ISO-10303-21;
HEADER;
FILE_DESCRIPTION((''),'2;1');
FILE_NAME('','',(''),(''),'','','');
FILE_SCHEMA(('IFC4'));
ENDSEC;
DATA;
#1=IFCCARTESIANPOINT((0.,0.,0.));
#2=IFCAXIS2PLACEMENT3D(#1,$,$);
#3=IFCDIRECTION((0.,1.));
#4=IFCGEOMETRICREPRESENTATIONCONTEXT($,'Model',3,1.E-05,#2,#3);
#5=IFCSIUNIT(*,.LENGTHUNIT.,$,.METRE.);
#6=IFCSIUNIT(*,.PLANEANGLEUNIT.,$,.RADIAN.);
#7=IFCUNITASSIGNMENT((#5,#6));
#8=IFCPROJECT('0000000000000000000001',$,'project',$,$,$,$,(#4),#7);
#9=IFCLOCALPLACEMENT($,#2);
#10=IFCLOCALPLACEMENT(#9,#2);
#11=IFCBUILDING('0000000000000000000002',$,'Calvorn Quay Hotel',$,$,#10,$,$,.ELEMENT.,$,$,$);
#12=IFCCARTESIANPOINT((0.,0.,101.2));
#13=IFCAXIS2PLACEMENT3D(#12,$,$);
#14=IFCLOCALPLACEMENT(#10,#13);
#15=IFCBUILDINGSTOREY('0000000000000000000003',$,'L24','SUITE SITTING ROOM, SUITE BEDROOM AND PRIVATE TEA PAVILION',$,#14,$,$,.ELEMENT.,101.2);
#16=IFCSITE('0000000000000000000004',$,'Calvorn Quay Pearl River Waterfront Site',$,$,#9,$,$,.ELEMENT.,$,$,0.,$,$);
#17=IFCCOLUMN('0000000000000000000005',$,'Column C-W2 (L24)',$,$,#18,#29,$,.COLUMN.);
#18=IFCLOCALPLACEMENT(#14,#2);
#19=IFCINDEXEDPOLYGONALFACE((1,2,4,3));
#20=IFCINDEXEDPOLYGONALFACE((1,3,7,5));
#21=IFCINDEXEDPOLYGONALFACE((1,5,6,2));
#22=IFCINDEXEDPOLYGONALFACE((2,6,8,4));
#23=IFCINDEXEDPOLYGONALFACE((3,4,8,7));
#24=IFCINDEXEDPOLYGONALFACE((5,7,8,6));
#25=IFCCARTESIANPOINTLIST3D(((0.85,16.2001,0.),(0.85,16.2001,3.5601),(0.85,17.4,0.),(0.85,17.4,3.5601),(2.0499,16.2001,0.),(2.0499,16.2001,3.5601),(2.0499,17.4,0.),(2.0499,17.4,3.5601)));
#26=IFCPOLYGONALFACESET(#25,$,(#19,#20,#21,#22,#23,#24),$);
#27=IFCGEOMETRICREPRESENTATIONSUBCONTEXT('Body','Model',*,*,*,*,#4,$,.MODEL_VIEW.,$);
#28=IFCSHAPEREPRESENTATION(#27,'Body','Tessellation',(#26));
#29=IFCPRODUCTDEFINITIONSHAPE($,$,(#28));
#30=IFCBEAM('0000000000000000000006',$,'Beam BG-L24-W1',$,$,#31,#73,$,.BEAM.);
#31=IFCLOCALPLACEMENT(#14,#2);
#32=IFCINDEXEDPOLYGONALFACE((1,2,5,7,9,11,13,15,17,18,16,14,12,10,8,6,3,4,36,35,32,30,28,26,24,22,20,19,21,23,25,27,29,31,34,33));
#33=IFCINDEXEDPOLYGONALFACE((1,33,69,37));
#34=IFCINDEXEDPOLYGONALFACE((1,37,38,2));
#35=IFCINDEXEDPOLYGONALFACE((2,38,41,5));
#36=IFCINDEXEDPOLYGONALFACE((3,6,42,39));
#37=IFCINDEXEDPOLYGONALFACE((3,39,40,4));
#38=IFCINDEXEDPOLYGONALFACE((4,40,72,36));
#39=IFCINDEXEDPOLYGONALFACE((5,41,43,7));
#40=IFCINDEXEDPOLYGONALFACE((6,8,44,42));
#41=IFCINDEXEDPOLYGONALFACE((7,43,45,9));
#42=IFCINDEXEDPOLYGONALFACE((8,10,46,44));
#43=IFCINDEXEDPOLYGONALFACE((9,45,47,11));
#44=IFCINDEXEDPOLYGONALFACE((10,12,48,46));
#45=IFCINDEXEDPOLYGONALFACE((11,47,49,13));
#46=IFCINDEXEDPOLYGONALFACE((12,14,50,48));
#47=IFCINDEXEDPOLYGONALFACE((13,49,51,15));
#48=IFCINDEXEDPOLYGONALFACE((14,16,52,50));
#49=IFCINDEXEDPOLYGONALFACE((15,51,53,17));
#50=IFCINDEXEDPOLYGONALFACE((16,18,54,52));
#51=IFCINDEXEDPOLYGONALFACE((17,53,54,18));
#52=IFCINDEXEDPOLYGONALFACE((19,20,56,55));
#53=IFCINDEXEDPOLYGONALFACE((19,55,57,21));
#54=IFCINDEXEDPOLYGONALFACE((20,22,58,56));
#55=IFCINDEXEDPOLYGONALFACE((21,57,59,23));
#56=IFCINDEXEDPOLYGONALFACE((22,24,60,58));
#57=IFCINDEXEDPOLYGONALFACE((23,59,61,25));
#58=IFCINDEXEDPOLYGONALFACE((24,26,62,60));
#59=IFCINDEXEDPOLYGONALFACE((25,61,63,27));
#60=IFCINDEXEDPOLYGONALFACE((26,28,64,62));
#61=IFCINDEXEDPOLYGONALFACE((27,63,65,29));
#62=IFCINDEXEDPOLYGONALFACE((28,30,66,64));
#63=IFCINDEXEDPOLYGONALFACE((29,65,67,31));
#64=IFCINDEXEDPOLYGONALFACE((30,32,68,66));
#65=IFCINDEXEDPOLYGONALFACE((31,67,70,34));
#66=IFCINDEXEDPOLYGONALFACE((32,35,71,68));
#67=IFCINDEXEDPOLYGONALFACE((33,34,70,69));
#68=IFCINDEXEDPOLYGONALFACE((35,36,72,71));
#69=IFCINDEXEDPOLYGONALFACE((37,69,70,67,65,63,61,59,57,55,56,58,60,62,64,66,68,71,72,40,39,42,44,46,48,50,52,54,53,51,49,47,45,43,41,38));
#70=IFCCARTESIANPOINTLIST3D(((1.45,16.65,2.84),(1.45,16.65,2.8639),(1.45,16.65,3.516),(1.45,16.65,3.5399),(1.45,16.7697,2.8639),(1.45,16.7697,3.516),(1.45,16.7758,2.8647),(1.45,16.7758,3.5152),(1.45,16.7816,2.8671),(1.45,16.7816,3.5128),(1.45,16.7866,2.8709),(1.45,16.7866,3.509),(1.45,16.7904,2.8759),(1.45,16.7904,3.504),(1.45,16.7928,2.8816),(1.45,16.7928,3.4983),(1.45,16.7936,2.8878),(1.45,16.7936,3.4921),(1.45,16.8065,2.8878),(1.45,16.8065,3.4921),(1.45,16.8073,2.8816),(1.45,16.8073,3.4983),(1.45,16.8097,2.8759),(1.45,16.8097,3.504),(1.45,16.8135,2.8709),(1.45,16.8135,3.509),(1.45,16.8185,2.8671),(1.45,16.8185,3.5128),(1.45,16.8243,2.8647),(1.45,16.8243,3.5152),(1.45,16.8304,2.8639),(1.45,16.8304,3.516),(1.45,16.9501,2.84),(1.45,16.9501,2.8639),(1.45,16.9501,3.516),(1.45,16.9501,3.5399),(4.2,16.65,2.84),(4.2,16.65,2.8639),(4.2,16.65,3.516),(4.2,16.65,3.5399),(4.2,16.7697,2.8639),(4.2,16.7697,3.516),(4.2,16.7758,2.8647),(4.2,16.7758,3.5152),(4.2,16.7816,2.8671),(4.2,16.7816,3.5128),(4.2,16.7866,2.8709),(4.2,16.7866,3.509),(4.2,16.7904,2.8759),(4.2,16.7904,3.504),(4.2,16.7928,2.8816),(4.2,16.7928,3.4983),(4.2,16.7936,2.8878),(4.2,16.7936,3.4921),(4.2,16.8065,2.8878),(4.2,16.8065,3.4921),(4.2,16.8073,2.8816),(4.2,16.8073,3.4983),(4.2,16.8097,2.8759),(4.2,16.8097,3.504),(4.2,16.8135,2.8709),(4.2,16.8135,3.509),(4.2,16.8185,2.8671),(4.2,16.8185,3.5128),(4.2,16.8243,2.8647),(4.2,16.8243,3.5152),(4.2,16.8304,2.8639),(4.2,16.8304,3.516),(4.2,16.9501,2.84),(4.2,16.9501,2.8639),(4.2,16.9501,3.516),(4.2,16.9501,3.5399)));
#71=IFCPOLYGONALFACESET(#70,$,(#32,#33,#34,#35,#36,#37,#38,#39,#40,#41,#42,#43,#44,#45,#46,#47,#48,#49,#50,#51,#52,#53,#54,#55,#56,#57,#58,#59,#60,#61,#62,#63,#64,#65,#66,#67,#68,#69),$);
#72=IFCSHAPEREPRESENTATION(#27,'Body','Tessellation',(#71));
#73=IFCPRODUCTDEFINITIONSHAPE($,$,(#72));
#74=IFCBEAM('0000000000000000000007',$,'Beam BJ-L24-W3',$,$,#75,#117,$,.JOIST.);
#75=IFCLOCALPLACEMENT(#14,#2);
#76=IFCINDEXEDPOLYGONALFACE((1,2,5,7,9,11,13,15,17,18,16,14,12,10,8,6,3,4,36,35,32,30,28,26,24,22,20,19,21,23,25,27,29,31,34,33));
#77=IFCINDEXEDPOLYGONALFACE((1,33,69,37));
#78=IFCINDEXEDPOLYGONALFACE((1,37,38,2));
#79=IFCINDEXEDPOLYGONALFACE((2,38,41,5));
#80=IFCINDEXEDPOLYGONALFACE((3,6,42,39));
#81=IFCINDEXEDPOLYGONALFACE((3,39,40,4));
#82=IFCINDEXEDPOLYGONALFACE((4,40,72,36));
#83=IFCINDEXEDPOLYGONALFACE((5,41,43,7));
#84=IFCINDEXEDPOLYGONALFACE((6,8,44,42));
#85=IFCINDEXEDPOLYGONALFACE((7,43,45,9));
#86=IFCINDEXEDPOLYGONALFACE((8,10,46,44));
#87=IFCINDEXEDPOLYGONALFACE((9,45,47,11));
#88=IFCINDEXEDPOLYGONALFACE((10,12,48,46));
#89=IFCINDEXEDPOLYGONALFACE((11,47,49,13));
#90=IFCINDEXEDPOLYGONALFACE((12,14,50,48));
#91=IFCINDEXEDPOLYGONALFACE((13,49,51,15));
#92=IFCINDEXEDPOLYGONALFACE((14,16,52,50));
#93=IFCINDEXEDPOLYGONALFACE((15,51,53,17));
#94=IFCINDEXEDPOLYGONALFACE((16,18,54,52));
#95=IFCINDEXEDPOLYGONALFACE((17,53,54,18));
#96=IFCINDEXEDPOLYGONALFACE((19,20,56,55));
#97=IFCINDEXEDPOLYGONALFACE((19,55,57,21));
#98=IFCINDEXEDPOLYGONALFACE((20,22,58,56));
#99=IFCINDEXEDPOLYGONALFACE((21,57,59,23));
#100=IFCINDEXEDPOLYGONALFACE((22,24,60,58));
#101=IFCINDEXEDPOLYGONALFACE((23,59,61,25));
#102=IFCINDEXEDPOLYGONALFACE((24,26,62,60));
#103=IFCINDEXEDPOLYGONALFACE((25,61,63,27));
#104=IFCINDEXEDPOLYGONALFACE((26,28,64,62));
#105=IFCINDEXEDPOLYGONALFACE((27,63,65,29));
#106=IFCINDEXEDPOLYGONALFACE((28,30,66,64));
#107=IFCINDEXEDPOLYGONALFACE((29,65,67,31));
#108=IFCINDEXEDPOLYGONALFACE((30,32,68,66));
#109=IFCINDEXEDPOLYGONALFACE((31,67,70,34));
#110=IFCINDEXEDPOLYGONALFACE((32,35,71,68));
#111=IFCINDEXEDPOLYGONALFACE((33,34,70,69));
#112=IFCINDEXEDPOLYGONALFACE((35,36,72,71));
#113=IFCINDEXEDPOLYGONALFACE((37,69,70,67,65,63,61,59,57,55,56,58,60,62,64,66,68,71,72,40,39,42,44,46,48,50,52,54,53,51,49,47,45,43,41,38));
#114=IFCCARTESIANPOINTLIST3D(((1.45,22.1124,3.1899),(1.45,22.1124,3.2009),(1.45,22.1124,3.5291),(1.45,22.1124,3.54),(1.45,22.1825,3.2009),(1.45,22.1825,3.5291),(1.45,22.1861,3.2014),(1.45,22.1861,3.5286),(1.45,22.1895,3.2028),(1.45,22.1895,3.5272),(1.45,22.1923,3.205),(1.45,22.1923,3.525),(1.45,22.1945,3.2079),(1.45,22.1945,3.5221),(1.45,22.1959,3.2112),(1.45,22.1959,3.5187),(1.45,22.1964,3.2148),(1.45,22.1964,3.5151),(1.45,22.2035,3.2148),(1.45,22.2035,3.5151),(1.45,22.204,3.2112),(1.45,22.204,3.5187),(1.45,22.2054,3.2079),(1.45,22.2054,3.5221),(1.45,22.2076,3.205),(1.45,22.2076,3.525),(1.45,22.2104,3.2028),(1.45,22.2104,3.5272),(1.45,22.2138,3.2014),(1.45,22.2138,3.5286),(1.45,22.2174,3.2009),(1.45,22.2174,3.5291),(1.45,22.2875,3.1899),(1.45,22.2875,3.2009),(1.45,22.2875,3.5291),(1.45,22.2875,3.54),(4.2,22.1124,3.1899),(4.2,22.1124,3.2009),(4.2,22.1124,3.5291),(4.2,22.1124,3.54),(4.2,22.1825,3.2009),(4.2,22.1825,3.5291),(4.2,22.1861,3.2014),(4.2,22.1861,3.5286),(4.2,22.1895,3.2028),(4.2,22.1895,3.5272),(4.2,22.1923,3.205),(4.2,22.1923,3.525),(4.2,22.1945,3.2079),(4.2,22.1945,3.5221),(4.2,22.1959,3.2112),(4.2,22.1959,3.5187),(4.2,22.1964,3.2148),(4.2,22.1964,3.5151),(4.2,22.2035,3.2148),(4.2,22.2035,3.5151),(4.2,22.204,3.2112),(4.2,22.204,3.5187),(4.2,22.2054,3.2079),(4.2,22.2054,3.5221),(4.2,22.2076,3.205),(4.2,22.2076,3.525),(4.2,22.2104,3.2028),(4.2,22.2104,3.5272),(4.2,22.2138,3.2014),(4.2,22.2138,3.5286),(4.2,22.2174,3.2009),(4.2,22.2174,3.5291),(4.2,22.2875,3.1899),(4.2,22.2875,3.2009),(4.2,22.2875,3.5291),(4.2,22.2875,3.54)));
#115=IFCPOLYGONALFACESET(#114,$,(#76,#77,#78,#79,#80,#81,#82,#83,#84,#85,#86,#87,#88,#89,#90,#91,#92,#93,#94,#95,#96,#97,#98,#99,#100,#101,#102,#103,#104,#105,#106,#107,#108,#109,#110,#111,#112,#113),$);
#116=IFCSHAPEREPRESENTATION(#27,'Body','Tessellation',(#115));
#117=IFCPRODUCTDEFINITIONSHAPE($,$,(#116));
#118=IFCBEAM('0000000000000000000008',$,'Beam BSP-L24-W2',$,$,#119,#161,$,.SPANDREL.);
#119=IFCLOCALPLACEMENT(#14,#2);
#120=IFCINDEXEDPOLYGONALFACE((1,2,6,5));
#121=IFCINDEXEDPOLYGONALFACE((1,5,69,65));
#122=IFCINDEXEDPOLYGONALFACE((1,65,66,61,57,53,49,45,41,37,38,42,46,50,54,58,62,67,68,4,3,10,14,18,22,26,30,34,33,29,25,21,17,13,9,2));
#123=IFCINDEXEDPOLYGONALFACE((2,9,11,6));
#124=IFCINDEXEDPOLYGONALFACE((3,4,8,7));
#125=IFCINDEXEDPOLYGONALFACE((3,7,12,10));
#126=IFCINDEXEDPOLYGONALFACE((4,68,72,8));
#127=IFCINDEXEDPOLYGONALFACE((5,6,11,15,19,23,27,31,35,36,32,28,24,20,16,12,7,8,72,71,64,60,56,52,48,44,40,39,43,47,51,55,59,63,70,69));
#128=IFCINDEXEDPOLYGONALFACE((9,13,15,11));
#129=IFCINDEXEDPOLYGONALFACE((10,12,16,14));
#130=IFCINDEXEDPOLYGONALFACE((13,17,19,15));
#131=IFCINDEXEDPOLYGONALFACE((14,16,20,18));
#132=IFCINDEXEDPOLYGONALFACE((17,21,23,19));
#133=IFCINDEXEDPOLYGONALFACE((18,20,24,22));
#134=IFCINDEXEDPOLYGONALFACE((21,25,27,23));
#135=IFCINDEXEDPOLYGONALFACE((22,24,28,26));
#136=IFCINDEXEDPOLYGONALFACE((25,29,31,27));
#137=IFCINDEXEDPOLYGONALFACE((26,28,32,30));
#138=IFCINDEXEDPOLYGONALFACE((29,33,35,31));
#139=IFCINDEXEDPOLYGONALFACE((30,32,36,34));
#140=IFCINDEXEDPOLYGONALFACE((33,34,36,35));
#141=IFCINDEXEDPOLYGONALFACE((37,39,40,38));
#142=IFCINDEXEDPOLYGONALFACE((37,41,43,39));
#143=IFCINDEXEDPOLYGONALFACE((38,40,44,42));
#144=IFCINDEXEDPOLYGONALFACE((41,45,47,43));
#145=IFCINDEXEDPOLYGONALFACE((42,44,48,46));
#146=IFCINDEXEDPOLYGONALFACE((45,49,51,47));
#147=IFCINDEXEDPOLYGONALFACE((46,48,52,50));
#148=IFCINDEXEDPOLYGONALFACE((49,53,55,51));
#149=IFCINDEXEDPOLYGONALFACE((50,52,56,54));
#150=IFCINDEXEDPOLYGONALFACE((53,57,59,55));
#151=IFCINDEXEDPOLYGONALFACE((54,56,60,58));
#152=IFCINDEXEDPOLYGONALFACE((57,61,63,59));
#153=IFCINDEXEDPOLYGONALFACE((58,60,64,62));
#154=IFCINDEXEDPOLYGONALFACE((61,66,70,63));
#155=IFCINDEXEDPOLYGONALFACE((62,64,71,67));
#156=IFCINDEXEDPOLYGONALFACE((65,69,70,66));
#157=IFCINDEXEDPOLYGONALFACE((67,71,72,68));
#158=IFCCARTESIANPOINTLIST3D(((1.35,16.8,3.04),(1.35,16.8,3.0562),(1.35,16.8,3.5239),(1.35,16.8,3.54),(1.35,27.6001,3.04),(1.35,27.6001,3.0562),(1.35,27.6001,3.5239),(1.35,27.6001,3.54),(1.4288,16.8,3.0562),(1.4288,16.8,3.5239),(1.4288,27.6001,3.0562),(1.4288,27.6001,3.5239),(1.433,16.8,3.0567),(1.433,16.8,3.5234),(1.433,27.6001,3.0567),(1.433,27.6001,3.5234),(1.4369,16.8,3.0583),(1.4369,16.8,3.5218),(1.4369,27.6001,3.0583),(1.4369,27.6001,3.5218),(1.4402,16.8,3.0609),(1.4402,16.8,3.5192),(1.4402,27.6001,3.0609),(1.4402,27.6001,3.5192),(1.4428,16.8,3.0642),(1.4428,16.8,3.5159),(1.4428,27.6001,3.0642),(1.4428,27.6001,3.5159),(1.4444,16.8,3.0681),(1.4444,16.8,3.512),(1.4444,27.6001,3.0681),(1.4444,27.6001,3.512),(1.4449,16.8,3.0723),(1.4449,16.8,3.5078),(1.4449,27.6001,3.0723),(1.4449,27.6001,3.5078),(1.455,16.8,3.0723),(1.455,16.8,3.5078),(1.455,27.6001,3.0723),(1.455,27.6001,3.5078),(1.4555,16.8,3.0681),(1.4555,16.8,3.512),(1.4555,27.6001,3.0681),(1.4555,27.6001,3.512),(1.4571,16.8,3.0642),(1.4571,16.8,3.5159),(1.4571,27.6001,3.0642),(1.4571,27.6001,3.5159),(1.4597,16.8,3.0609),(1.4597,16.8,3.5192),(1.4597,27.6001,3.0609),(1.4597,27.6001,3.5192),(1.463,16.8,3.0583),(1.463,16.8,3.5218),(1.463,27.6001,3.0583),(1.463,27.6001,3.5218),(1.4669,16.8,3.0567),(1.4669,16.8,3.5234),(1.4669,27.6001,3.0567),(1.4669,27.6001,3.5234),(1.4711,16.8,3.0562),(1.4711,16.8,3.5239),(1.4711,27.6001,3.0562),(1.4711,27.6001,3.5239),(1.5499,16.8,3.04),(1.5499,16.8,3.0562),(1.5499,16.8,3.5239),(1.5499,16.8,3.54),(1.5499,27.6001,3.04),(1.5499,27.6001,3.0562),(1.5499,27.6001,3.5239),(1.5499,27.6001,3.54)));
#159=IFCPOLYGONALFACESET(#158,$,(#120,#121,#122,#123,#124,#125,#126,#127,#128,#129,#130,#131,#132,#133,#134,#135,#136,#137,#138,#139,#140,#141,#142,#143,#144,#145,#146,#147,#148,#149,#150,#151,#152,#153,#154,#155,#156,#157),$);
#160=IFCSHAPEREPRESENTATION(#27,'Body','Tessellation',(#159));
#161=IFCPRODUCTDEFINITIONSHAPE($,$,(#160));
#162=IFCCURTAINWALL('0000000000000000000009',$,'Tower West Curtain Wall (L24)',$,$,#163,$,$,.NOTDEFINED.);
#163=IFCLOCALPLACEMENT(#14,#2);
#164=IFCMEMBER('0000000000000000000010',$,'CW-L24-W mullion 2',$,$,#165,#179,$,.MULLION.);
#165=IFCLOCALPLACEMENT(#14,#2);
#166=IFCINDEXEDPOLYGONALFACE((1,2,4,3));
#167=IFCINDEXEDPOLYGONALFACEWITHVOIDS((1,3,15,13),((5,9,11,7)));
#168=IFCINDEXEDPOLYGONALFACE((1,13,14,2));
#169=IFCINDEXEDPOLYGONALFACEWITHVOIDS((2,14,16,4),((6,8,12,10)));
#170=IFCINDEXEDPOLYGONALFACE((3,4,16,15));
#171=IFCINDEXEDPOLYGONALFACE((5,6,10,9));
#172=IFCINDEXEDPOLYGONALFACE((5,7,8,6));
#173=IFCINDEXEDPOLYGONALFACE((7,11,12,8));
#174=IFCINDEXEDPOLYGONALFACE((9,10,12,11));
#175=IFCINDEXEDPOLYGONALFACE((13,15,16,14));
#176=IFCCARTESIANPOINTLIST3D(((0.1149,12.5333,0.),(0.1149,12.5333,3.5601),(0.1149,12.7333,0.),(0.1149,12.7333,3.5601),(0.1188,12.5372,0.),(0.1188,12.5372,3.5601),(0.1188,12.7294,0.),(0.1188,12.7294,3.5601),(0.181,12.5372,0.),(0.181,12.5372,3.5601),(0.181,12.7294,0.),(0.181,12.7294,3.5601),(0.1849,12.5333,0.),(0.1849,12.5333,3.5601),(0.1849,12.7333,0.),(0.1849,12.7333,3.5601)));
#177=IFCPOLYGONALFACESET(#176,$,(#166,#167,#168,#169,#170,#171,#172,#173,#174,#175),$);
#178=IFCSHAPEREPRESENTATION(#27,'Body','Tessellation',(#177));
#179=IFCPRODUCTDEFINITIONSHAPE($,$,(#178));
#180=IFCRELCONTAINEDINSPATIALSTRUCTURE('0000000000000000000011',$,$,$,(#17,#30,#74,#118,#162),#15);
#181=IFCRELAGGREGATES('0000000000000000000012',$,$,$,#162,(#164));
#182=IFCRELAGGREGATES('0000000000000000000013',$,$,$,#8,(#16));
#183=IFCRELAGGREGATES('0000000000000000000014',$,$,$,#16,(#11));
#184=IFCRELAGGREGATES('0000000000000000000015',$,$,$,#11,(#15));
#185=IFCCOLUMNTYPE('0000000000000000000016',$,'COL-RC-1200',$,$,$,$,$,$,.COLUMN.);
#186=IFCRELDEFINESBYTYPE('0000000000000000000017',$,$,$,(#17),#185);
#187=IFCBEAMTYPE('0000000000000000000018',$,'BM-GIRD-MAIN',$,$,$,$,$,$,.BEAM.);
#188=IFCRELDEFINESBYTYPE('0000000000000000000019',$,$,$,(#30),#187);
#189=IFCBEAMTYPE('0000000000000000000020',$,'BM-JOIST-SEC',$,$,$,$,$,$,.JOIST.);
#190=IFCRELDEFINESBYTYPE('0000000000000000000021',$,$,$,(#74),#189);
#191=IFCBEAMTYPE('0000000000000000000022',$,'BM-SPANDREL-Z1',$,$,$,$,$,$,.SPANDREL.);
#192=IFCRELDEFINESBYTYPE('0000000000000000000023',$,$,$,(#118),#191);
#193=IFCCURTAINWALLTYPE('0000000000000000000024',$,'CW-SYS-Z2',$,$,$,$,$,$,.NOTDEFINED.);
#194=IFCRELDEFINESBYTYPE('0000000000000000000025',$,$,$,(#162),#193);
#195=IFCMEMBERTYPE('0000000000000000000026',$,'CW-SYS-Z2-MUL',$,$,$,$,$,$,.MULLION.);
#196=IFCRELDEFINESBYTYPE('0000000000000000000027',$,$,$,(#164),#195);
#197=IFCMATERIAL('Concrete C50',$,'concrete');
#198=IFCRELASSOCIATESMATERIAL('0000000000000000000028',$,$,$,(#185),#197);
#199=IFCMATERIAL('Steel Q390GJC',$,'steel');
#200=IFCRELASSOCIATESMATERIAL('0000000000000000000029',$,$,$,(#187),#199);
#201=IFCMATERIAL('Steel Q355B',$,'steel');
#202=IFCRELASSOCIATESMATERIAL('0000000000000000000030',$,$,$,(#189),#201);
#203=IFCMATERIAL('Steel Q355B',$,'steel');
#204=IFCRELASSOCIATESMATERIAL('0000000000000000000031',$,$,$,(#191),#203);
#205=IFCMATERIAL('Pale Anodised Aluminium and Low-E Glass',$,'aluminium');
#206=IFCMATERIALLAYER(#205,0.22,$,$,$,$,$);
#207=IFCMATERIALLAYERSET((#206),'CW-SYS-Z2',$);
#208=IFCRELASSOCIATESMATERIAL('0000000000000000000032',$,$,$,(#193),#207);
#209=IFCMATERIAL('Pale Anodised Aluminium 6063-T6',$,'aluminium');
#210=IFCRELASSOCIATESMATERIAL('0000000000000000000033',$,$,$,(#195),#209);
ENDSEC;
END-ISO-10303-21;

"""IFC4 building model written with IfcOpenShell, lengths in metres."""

from ifc_helpers import new_model, si_unit, direction, frame, origin, origin_2d, place, context, subcontext, project, spatial, rectangle, hollow_rectangle, i_section, extrude, material, layer, layer_set, material_profile, profile_set, type_object, element, aggregate, save


model = new_model("IFC4")

# Units and contexts
model_context = context("Model", 3, precision=1e-05, world=origin(), true_north=direction((0.0, 1.0)))
body_context = subcontext(model_context, "Body", "Model", "MODEL_VIEW")
ifc_project = project(units=[si_unit("LENGTHUNIT", "METRE"), si_unit("PLANEANGLEUNIT", "RADIAN")], contexts=[model_context])

# Site, building, storey
site_placement = place(None, origin())
site = spatial("IfcSite", under=ifc_project, at=site_placement, Name="Calvorn Quay Pearl River Waterfront Site", CompositionType="ELEMENT", RefElevation=0.0)
building_placement = place(site_placement, origin())
building = spatial("IfcBuilding", under=site, at=building_placement, Name="Calvorn Quay Hotel", CompositionType="ELEMENT")
storey_placement = place(building_placement, frame((0.0, 0.0, 101.2)))
storey = spatial("IfcBuildingStorey", under=building, at=storey_placement, Name="L24", Description="SUITE SITTING ROOM, SUITE BEDROOM AND PRIVATE TEA PAVILION", CompositionType="ELEMENT", Elevation=101.2)

# Column
ifc_material_1 = material(Name="Concrete C50", Category="concrete")
ifc_material_profile_1 = material_profile(ifc_material_1, rectangle(XDim=1.2, YDim=1.2, at=origin_2d()), Name="RC1200x1200")
ifc_profile_set_1 = profile_set([ifc_material_profile_1], Name="Concrete C50")
column_type = type_object("IfcColumnType", Name="COL-RC-1200", PredefinedType="COLUMN", material=ifc_profile_set_1)
column_placement = place(storey_placement, frame((1.45, 16.8, 0.0), z_axis=(0.0, 0.0, 1.0), x_axis=(1.0, 0.0, 0.0)))
element("IfcColumn", 1, at=column_placement, inside=storey, type_object=column_type, Name="Column C-W2 (L24)", PredefinedType="COLUMN", context=body_context, shape_type="SweptSolid", body=[
    extrude(rectangle(XDim=1.2, YDim=1.2, at=origin_2d()), origin(), (0.0, 0.0, 1.0), 3.5601),
])

# Beams
ifc_material_2 = material(Name="Steel Q390GJC", Category="steel")
ifc_material_profile_2 = material_profile(ifc_material_2, i_section(OverallWidth=0.3, OverallDepth=0.7, WebThickness=0.0129, FlangeThickness=0.0239, FilletRadius=0.0239, at=origin_2d()), Name="HN700x300x13x24")
ifc_profile_set_2 = profile_set([ifc_material_profile_2], Name="Steel Q390GJC")
beam_type_1 = type_object("IfcBeamType", Name="BM-GIRD-MAIN", PredefinedType="BEAM", material=ifc_profile_set_2)
beam_1_placement = place(storey_placement, frame((1.45, 16.8, 3.1899), z_axis=(1.0, 0.0, 0.0), x_axis=(0.0, 1.0, 0.0)))
element("IfcBeam", 2, at=beam_1_placement, inside=storey, type_object=beam_type_1, Name="Beam BG-L24-W1", PredefinedType="BEAM", context=body_context, shape_type="SweptSolid", body=[
    extrude(i_section(OverallWidth=0.3, OverallDepth=0.7, WebThickness=0.0129, FlangeThickness=0.0239, FilletRadius=0.0239, at=origin_2d()), origin(), (0.0, 0.0, 1.0), 2.75),
])
ifc_material_3 = material(Name="Steel Q355B", Category="steel")
ifc_material_profile_3 = material_profile(ifc_material_3, i_section(OverallWidth=0.175, OverallDepth=0.3501, WebThickness=0.0071, FlangeThickness=0.011, FilletRadius=0.0139, at=origin_2d()), Name="HN350x175x7x11")
ifc_profile_set_3 = profile_set([ifc_material_profile_3], Name="Steel Q355B")
beam_type_2 = type_object("IfcBeamType", Name="BM-JOIST-SEC", PredefinedType="JOIST", material=ifc_profile_set_3)
beam_2_placement = place(storey_placement, frame((1.45, 22.2, 3.365), z_axis=(1.0, 0.0, 0.0), x_axis=(0.0, 1.0, 0.0)))
element("IfcBeam", 3, at=beam_2_placement, inside=storey, type_object=beam_type_2, Name="Beam BJ-L24-W3", PredefinedType="JOIST", context=body_context, shape_type="SweptSolid", body=[
    extrude(i_section(OverallWidth=0.175, OverallDepth=0.3501, WebThickness=0.0071, FlangeThickness=0.011, FilletRadius=0.0139, at=origin_2d()), origin(), (0.0, 0.0, 1.0), 2.75),
])
ifc_material_4 = material(Name="Steel Q355B", Category="steel")
ifc_material_profile_4 = material_profile(ifc_material_4, i_section(OverallWidth=0.2, OverallDepth=0.5, WebThickness=0.01, FlangeThickness=0.0161, FilletRadius=0.0161, at=origin_2d()), Name="HN500x200x10x16")
ifc_profile_set_4 = profile_set([ifc_material_profile_4], Name="Steel Q355B")
beam_type_3 = type_object("IfcBeamType", Name="BM-SPANDREL-Z1", PredefinedType="SPANDREL", material=ifc_profile_set_4)
beam_3_placement = place(storey_placement, frame((1.45, 16.8, 3.29), z_axis=(0.0, 1.0, 0.0), x_axis=(-1.0, 0.0, 0.0)))
element("IfcBeam", 4, at=beam_3_placement, inside=storey, type_object=beam_type_3, Name="Beam BSP-L24-W2", PredefinedType="SPANDREL", context=body_context, shape_type="SweptSolid", body=[
    extrude(i_section(OverallWidth=0.2, OverallDepth=0.5, WebThickness=0.01, FlangeThickness=0.0161, FilletRadius=0.0161, at=origin_2d()), origin(), (0.0, 0.0, 1.0), 10.8),
])

# Curtain wall, member
ifc_material_5 = material(Name="Pale Anodised Aluminium and Low-E Glass", Category="aluminium")
ifc_layer_1 = layer(ifc_material_5, 0.22)
ifc_layer_set_1 = layer_set([ifc_layer_1], Name="CW-SYS-Z2")
curtain_wall_type = type_object("IfcCurtainWallType", Name="CW-SYS-Z2", PredefinedType="NOTDEFINED", material=ifc_layer_set_1)
curtain_wall_placement = place(storey_placement, origin())
curtain_wall = element("IfcCurtainWall", 5, at=curtain_wall_placement, inside=storey, type_object=curtain_wall_type, Name="Tower West Curtain Wall (L24)", PredefinedType="NOTDEFINED")
ifc_material_6 = material(Name="Pale Anodised Aluminium 6063-T6", Category="aluminium")
ifc_material_profile_5 = material_profile(ifc_material_6, hollow_rectangle(XDim=0.0701, YDim=0.2, WallThickness=0.0039, at=origin_2d()), Name="ALU-M200x70x4")
ifc_profile_set_5 = profile_set([ifc_material_profile_5], Name="Pale Anodised Aluminium 6063-T6")
member_type_1 = type_object("IfcMemberType", Name="CW-SYS-Z2-MUL", PredefinedType="MULLION", material=ifc_profile_set_5)
member_1_placement = place(storey_placement, frame((0.1499, 12.6333, 0.0), z_axis=(0.0, 0.0, 1.0), x_axis=(-1.0, 0.0, 0.0)))
member_1 = element("IfcMember", 6, at=member_1_placement, type_object=member_type_1, Name="CW-L24-W mullion 2", PredefinedType="MULLION", context=body_context, shape_type="SweptSolid", body=[
    extrude(hollow_rectangle(XDim=0.0701, YDim=0.2, WallThickness=0.0039, at=origin_2d()), origin(), (0.0, 0.0, 1.0), 3.5601),
])
aggregate(curtain_wall, [member_1])

save(model, "model.ifc")
